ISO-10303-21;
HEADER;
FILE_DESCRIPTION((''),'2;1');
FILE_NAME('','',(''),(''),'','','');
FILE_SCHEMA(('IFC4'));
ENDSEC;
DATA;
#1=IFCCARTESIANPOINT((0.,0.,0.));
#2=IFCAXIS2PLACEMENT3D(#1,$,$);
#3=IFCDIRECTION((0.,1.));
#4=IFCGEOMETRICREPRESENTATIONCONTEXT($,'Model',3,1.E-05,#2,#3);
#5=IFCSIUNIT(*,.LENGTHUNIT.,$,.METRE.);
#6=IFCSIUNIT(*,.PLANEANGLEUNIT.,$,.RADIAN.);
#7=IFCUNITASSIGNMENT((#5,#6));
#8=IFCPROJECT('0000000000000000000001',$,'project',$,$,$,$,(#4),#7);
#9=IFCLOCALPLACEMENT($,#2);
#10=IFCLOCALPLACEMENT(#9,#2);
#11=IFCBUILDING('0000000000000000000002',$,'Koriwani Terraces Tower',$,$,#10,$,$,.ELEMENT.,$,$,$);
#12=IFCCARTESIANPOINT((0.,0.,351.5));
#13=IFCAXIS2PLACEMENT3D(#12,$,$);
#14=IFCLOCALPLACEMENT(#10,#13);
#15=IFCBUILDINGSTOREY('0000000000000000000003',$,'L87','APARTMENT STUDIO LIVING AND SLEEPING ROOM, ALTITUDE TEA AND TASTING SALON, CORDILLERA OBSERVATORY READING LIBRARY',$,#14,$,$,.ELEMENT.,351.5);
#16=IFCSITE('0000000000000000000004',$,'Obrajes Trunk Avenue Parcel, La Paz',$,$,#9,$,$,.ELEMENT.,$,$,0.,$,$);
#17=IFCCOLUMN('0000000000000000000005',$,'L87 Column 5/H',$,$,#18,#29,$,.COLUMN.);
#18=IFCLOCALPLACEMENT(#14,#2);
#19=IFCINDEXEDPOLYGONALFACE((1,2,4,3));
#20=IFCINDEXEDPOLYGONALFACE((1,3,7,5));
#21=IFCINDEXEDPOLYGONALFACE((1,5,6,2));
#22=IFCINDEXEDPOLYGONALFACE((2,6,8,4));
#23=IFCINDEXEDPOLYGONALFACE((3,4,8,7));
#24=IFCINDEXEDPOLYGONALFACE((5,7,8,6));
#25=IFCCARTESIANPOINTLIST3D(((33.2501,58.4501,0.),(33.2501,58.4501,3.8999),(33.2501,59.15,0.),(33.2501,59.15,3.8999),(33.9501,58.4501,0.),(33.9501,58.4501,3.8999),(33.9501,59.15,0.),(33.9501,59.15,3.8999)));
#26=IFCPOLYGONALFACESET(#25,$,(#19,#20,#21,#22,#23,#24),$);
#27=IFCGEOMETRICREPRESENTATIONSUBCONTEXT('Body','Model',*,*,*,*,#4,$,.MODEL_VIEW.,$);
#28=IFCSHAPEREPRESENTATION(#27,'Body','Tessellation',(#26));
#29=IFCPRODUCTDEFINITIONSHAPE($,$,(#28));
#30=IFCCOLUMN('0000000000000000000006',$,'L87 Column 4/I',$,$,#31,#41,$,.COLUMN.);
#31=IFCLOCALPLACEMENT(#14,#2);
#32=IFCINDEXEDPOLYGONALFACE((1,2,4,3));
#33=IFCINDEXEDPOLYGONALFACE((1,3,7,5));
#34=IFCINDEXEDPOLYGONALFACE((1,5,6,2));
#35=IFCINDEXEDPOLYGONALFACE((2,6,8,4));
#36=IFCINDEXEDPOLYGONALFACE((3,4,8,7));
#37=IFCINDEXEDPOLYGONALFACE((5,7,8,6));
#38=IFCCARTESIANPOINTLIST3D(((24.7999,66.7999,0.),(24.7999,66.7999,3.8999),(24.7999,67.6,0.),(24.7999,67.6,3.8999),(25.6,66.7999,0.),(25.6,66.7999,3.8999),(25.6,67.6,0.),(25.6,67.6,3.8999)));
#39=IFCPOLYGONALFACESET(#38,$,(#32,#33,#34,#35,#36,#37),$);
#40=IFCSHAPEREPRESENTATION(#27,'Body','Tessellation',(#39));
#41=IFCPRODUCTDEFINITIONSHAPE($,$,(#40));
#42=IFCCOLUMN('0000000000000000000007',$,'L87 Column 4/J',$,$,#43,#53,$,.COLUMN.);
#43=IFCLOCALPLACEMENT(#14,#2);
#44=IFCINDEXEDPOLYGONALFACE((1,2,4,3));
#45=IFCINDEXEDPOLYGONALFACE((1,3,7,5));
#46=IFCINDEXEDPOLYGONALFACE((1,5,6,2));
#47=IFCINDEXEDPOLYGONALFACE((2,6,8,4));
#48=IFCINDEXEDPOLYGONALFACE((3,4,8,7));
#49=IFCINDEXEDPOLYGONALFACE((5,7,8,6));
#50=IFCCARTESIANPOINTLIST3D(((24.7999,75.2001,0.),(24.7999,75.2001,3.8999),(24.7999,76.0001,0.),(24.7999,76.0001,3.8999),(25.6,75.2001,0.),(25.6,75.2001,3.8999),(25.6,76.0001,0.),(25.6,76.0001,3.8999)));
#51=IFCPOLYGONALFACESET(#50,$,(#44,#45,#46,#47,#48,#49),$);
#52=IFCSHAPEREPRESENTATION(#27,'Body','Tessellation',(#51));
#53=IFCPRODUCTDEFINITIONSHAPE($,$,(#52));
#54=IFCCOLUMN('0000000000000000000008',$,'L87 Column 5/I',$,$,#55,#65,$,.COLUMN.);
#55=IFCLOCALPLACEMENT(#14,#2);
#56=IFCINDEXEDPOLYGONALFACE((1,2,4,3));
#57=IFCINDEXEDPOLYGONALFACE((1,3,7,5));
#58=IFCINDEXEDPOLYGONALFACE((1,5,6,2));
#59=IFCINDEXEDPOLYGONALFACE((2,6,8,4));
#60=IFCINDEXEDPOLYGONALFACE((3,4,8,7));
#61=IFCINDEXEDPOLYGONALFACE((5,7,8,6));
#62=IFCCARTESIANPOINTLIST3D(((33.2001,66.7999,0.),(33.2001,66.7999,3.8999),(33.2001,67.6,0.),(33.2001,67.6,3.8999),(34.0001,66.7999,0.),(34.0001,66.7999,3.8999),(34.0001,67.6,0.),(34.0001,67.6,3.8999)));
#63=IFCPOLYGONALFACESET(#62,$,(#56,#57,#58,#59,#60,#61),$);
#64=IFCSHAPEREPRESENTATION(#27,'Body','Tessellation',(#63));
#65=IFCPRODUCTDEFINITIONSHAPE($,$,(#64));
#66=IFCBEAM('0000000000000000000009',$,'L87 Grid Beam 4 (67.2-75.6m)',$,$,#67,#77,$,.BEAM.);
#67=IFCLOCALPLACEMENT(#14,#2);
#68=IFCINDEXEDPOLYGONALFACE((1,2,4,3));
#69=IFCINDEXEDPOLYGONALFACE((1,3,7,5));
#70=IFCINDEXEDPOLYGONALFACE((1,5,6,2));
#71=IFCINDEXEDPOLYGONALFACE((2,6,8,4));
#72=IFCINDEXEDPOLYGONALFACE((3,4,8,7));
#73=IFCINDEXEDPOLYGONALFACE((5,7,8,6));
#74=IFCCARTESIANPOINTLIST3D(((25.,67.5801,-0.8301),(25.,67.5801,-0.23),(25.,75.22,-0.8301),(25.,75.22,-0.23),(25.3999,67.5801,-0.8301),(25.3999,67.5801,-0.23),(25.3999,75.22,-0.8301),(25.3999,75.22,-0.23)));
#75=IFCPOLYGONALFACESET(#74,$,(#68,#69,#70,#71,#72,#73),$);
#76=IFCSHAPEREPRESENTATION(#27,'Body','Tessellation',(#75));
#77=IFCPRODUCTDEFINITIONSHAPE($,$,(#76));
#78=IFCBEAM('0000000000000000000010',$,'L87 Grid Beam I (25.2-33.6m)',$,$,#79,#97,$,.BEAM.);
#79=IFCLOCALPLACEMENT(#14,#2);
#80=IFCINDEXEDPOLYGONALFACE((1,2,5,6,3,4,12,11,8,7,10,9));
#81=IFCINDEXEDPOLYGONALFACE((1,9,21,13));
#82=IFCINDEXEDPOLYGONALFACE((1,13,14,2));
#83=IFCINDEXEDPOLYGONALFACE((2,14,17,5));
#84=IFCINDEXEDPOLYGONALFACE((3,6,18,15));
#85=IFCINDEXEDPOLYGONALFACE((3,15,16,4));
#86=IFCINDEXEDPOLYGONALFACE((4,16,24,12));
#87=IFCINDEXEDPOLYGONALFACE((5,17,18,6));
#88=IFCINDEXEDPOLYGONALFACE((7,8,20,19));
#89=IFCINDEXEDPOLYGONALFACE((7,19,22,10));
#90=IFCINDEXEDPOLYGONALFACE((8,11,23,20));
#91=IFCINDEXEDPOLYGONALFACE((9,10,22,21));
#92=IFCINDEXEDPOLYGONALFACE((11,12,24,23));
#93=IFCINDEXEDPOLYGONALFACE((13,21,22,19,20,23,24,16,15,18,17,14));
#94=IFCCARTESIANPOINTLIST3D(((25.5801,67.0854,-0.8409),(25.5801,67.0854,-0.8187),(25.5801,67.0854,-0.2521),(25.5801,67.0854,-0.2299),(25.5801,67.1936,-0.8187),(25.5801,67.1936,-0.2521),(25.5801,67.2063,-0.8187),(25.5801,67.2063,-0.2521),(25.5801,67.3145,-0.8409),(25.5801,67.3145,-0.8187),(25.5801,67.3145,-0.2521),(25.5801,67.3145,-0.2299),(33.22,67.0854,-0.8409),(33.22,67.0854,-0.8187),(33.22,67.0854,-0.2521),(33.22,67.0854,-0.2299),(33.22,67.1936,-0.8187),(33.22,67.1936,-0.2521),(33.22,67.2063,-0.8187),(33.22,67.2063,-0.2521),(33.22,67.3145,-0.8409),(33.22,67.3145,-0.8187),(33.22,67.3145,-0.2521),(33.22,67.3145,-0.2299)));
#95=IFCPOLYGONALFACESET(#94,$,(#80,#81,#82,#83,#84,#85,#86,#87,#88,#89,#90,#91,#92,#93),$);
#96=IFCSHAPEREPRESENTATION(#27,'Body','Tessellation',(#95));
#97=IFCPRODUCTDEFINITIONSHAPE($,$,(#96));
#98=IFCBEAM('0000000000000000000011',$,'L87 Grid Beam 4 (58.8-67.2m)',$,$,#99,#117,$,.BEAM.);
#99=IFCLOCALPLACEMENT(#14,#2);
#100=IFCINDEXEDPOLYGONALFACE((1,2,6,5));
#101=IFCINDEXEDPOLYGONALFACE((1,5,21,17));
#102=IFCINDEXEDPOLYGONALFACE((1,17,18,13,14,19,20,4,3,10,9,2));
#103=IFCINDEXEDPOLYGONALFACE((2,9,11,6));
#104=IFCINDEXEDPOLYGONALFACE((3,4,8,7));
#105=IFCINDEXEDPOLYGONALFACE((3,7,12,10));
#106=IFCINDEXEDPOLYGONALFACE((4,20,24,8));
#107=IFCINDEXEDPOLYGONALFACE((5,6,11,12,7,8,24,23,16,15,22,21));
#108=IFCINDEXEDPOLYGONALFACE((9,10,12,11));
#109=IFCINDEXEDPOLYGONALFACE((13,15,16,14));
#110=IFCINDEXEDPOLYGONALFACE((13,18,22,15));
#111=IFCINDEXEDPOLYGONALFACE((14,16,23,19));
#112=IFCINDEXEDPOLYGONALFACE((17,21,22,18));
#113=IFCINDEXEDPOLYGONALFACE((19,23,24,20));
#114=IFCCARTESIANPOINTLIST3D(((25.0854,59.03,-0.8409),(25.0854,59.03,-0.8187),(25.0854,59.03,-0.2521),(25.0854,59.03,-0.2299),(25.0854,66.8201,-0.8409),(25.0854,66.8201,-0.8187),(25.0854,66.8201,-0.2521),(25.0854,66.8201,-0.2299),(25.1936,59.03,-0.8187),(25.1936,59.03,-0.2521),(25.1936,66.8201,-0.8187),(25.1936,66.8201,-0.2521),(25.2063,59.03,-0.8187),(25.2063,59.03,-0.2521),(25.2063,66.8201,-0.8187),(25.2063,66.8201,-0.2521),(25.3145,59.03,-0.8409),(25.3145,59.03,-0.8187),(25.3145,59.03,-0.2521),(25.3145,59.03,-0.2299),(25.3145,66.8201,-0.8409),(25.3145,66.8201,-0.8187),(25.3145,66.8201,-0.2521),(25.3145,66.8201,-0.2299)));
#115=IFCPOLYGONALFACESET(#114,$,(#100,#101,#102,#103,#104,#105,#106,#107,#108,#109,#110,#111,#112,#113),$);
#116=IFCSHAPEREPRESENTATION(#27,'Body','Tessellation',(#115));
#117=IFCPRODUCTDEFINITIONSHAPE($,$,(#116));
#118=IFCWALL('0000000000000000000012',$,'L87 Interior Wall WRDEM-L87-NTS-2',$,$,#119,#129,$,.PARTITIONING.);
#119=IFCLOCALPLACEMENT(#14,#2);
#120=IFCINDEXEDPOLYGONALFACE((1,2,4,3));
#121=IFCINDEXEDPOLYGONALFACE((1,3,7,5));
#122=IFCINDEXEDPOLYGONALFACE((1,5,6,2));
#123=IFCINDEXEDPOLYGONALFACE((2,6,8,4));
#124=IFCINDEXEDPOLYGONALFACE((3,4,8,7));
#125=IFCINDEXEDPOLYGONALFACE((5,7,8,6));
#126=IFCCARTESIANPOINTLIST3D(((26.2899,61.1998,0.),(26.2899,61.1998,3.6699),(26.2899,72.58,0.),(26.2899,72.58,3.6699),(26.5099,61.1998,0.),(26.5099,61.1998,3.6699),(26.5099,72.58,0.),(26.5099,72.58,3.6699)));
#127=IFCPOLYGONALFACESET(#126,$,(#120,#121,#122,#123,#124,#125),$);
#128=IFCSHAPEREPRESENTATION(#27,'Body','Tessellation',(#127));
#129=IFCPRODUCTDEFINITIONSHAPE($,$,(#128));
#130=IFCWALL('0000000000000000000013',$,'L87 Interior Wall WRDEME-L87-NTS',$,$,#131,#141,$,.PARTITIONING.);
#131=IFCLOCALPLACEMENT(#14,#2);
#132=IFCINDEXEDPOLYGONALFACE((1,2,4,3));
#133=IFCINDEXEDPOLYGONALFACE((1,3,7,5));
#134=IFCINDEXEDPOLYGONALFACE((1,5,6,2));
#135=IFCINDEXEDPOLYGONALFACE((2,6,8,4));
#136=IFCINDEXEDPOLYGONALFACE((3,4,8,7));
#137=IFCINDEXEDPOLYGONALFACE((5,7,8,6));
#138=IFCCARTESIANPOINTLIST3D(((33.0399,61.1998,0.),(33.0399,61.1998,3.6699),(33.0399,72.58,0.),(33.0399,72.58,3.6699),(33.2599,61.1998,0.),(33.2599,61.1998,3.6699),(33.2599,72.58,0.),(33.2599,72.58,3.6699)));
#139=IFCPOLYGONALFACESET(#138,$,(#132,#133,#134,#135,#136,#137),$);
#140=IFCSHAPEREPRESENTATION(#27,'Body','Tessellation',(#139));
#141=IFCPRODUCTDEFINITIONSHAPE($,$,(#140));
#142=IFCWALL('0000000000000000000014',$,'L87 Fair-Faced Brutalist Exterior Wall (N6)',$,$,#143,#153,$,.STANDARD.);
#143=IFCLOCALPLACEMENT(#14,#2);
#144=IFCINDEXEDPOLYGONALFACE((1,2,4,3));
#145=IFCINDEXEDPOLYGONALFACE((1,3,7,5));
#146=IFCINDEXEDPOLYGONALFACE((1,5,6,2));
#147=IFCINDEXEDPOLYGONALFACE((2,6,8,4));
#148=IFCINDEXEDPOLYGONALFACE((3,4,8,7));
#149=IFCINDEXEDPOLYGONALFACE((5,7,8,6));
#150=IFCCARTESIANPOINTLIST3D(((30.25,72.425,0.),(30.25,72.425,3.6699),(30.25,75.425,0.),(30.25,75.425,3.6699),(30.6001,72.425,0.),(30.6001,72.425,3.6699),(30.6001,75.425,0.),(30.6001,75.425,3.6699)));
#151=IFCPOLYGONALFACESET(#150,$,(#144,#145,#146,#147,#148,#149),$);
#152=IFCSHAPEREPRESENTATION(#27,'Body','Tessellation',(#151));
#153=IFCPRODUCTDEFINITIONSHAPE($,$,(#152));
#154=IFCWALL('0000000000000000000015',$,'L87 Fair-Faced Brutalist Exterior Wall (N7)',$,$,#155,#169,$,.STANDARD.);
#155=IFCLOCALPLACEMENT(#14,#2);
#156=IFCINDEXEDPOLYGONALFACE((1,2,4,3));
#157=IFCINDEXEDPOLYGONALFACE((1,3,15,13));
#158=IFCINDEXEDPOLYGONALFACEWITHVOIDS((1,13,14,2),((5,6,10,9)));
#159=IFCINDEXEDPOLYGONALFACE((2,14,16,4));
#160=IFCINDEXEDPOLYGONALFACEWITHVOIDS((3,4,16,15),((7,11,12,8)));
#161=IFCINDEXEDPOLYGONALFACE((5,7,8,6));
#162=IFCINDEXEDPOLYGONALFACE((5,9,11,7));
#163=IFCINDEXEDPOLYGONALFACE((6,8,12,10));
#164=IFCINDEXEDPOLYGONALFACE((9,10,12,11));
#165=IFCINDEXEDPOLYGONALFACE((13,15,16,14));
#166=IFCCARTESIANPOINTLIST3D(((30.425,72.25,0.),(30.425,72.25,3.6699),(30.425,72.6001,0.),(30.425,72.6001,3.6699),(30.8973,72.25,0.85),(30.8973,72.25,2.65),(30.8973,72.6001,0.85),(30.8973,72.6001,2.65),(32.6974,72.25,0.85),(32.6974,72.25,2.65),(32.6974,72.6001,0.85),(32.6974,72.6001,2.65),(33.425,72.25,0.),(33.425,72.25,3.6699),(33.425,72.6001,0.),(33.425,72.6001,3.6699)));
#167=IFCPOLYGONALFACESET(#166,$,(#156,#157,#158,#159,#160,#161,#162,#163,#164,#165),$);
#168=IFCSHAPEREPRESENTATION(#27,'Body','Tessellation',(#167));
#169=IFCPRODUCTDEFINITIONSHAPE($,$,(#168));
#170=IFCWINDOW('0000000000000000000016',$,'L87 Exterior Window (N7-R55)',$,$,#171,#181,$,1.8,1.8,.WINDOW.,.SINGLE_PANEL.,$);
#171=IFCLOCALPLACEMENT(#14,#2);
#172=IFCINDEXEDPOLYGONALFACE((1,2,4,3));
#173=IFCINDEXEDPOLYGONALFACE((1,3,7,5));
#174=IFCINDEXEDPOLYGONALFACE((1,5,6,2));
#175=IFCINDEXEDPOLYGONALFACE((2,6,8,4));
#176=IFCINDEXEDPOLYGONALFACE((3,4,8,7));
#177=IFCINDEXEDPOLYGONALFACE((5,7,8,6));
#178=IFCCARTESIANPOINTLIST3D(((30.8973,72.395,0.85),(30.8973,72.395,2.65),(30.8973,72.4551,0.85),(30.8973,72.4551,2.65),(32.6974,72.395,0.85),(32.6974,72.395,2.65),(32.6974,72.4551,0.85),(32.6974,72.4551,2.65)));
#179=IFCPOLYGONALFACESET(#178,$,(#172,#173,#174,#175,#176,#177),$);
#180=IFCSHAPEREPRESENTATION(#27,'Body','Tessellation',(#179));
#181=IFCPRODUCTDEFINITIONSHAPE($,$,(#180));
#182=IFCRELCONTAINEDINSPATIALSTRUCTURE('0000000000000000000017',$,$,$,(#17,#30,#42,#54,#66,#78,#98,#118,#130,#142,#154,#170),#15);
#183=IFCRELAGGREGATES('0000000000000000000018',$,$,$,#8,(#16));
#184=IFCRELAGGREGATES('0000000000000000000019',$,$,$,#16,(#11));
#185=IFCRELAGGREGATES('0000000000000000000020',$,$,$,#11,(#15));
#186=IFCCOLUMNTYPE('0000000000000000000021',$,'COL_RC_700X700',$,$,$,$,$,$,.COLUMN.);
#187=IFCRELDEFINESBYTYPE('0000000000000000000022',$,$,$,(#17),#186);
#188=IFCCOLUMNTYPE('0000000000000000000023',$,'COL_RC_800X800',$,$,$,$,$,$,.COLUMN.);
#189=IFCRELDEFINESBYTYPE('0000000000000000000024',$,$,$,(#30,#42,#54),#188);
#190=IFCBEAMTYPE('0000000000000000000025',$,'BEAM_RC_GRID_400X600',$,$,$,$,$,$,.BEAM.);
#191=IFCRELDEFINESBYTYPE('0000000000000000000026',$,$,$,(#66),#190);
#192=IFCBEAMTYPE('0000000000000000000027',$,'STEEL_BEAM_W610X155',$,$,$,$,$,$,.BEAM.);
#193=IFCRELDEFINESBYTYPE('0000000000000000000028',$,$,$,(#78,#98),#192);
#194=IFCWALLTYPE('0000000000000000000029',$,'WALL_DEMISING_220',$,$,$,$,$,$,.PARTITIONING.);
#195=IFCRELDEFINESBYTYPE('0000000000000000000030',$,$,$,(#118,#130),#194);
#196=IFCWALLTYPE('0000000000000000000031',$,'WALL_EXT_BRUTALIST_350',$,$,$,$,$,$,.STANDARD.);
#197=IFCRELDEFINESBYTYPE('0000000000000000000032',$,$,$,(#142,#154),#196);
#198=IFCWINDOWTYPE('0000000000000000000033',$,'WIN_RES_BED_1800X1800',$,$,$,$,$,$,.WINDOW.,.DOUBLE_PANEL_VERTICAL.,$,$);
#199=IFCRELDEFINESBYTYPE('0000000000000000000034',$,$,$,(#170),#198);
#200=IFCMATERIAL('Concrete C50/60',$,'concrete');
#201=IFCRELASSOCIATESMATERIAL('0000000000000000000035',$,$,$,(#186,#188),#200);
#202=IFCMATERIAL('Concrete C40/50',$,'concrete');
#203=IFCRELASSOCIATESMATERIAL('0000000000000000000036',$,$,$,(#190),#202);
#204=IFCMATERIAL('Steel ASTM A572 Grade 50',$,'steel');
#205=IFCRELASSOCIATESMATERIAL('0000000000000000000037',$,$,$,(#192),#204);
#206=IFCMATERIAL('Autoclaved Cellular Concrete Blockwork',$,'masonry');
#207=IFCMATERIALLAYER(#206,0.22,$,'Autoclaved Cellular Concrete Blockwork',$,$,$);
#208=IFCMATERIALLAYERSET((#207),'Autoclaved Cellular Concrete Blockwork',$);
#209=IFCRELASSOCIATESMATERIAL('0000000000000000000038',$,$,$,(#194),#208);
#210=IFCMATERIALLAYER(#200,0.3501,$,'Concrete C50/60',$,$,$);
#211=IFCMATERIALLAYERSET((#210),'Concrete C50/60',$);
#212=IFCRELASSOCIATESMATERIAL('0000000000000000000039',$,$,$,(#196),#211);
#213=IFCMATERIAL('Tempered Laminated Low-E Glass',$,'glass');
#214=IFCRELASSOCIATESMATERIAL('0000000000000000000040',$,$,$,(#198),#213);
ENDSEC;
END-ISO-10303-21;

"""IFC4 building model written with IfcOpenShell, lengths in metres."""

from ifc_helpers import new_model, si_unit, direction, frame, frame_2d, origin, origin_2d, place, context, subcontext, project, spatial, rectangle, i_section, extrude, material, layer, layer_set, material_profile, profile_set, type_object, element, fill, save


model = new_model("IFC4")

# Units and contexts
model_context = context("Model", 3, precision=1e-05, world=origin(), true_north=direction((0.0, 1.0)))
body_context = subcontext(model_context, "Body", "Model", "MODEL_VIEW")
ifc_project = project(units=[si_unit("LENGTHUNIT", "METRE"), si_unit("PLANEANGLEUNIT", "RADIAN")], contexts=[model_context])

# Site, building, storey
site_placement = place(None, origin())
site = spatial("IfcSite", under=ifc_project, at=site_placement, Name="Obrajes Trunk Avenue Parcel, La Paz", CompositionType="ELEMENT", RefElevation=0.0)
building_placement = place(site_placement, origin())
building = spatial("IfcBuilding", under=site, at=building_placement, Name="Koriwani Terraces Tower", CompositionType="ELEMENT")
storey_placement = place(building_placement, frame((0.0, 0.0, 351.5)))
storey = spatial("IfcBuildingStorey", under=building, at=storey_placement, Name="L87", Description="APARTMENT STUDIO LIVING AND SLEEPING ROOM, ALTITUDE TEA AND TASTING SALON, CORDILLERA OBSERVATORY READING LIBRARY", CompositionType="ELEMENT", Elevation=351.5)

# Columns
ifc_material_1 = material(Name="Concrete C50/60", Category="concrete")
ifc_material_profile_1 = material_profile(ifc_material_1, rectangle(XDim=0.7, YDim=0.7, at=origin_2d()), Name="Concrete C50/60", Category="LoadBearing")
ifc_profile_set_1 = profile_set([ifc_material_profile_1], Name="Concrete C50/60")
column_type_1 = type_object("IfcColumnType", Name="COL_RC_700X700", PredefinedType="COLUMN", material=ifc_profile_set_1)
column_placement = place(storey_placement, frame((33.6001, 58.8, 0.0), z_axis=(0.0, 0.0, 1.0), x_axis=(1.0, 0.0, 0.0)))
element("IfcColumn", 1, at=column_placement, inside=storey, type_object=column_type_1, Name="L87 Column 5/H", PredefinedType="COLUMN", context=body_context, shape_type="SweptSolid", body=[
    extrude(rectangle(XDim=0.7, YDim=0.7, at=origin_2d()), origin(), (0.0, 0.0, 1.0), 3.8999),
])
ifc_material_profile_2 = material_profile(ifc_material_1, rectangle(XDim=0.8, YDim=0.8, at=origin_2d()), Name="Concrete C50/60", Category="LoadBearing")
ifc_profile_set_2 = profile_set([ifc_material_profile_2], Name="Concrete C50/60")
column_type_2 = type_object("IfcColumnType", Name="COL_RC_800X800", PredefinedType="COLUMN", material=ifc_profile_set_2)
for number, where, z_axis, x_axis, name in (
    (2, (25.2, 67.2, 0.0), (0.0, 0.0, 1.0), (1.0, 0.0, 0.0), "L87 Column 4/I"),
    (3, (25.2, 75.6001, 0.0), (0.0, 0.0, 1.0), (1.0, 0.0, 0.0), "L87 Column 4/J"),
    (4, (33.6001, 67.2, 0.0), (0.0, 0.0, 1.0), (1.0, 0.0, 0.0), "L87 Column 5/I"),
):
    element("IfcColumn", number, at=place(storey_placement, frame(where, z_axis=z_axis, x_axis=x_axis)), inside=storey, type_object=column_type_2, Name=name, PredefinedType="COLUMN", context=body_context, shape_type="SweptSolid", body=[
        extrude(rectangle(XDim=0.8, YDim=0.8, at=origin_2d()), origin(), (0.0, 0.0, 1.0), 3.8999),
    ])

# Beams
ifc_material_2 = material(Name="Concrete C40/50", Category="concrete")
ifc_material_profile_3 = material_profile(ifc_material_2, rectangle(XDim=0.3999, YDim=0.6001, at=origin_2d()), Name="Concrete C40/50", Category="LoadBearing")
ifc_profile_set_3 = profile_set([ifc_material_profile_3], Name="Concrete C40/50")
beam_type_1 = type_object("IfcBeamType", Name="BEAM_RC_GRID_400X600", PredefinedType="BEAM", material=ifc_profile_set_3)
beam_1_placement = place(storey_placement, frame((25.2, 67.5801, -0.53), z_axis=(0.0, 1.0, 0.0), x_axis=(-1.0, 0.0, 0.0)))
element("IfcBeam", 5, at=beam_1_placement, inside=storey, type_object=beam_type_1, Name="L87 Grid Beam 4 (67.2-75.6m)", PredefinedType="BEAM", context=body_context, shape_type="SweptSolid", body=[
    extrude(rectangle(XDim=0.3999, YDim=0.6001, at=origin_2d()), origin(), (0.0, 0.0, 1.0), 7.6399),
])
ifc_material_3 = material(Name="Steel ASTM A572 Grade 50", Category="steel")
ifc_material_profile_4 = material_profile(ifc_material_3, i_section(OverallWidth=0.229, OverallDepth=0.6111, WebThickness=0.0127, FlangeThickness=0.0222, at=origin_2d()), Name="Steel ASTM A572 Grade 50", Category="LoadBearing")
ifc_profile_set_4 = profile_set([ifc_material_profile_4], Name="Steel ASTM A572 Grade 50")
beam_type_2 = type_object("IfcBeamType", Name="STEEL_BEAM_W610X155", PredefinedType="BEAM", material=ifc_profile_set_4)
beam_2_placement = place(storey_placement, frame((25.5801, 67.2, -0.5354), z_axis=(1.0, 0.0, 0.0), x_axis=(0.0, 1.0, 0.0)))
element("IfcBeam", 6, at=beam_2_placement, inside=storey, type_object=beam_type_2, Name="L87 Grid Beam I (25.2-33.6m)", PredefinedType="BEAM", context=body_context, shape_type="SweptSolid", body=[
    extrude(i_section(OverallWidth=0.229, OverallDepth=0.6111, WebThickness=0.0127, FlangeThickness=0.0222, at=origin_2d()), origin(), (0.0, 0.0, 1.0), 7.6399),
])
beam_3_placement = place(storey_placement, frame((25.2, 59.03, -0.5354), z_axis=(0.0, 1.0, 0.0), x_axis=(-1.0, 0.0, 0.0)))
element("IfcBeam", 7, at=beam_3_placement, inside=storey, type_object=beam_type_2, Name="L87 Grid Beam 4 (58.8-67.2m)", PredefinedType="BEAM", context=body_context, shape_type="SweptSolid", body=[
    extrude(i_section(OverallWidth=0.229, OverallDepth=0.6111, WebThickness=0.0127, FlangeThickness=0.0222, at=origin_2d()), origin(), (0.0, 0.0, 1.0), 7.79),
])

# Walls
ifc_material_4 = material(Name="Autoclaved Cellular Concrete Blockwork", Category="masonry")
ifc_layer_1 = layer(ifc_material_4, 0.22, Name="Autoclaved Cellular Concrete Blockwork")
ifc_layer_set_1 = layer_set([ifc_layer_1], Name="Autoclaved Cellular Concrete Blockwork")
wall_type_1 = type_object("IfcWallType", Name="WALL_DEMISING_220", PredefinedType="PARTITIONING", material=ifc_layer_set_1)
for number, where, z_axis, x_axis, name in (
    (8, (26.3999, 61.2, 0.0), (0.0, 0.0, 1.0), (0.0, 1.0, 0.0), "L87 Interior Wall WRDEM-L87-NTS-2"),
    (9, (33.1499, 61.2, 0.0), (0.0, 0.0, 1.0), (0.0, 1.0, 0.0), "L87 Interior Wall WRDEME-L87-NTS"),
):
    element("IfcWall", number, at=place(storey_placement, frame(where, z_axis=z_axis, x_axis=x_axis)), inside=storey, type_object=wall_type_1, Name=name, PredefinedType="PARTITIONING", context=body_context, shape_type="SweptSolid", body=[
        extrude(rectangle(XDim=11.3801, YDim=0.22, at=frame_2d((5.6899, 0.0))), origin(), (0.0, 0.0, 1.0), 3.6699),
    ])
ifc_layer_2 = layer(ifc_material_1, 0.3501, Name="Concrete C50/60")
ifc_layer_set_2 = layer_set([ifc_layer_2], Name="Concrete C50/60")
wall_type_2 = type_object("IfcWallType", Name="WALL_EXT_BRUTALIST_350", PredefinedType="STANDARD", material=ifc_layer_set_2)
wall_1_placement = place(storey_placement, frame((30.425, 75.425, 0.0), z_axis=(0.0, 0.0, 1.0), x_axis=(0.0, -1.0, 0.0)))
element("IfcWall", 10, at=wall_1_placement, inside=storey, type_object=wall_type_2, Name="L87 Fair-Faced Brutalist Exterior Wall (N6)", PredefinedType="STANDARD", context=body_context, shape_type="SweptSolid", body=[
    extrude(rectangle(XDim=3.0, YDim=0.3501, at=frame_2d((1.5, 0.0))), origin(), (0.0, 0.0, 1.0), 3.6699),
])

# Wall, opening, window
wall_2_placement = place(storey_placement, frame((30.425, 72.425, 0.0), z_axis=(0.0, 0.0, 1.0), x_axis=(1.0, 0.0, 0.0)))
wall_2 = element("IfcWall", 11, at=wall_2_placement, inside=storey, type_object=wall_type_2, Name="L87 Fair-Faced Brutalist Exterior Wall (N7)", PredefinedType="STANDARD", context=body_context, shape_type="SweptSolid", body=[
    extrude(rectangle(XDim=3.0, YDim=0.3501, at=frame_2d((1.5, 0.0))), origin(), (0.0, 0.0, 1.0), 3.6699),
])
opening_1_placement = place(wall_2_placement, frame((0.4724, 0.0, 0.8501)))
opening_1 = element("IfcOpeningElement", 12, at=opening_1_placement, cuts=wall_2, PredefinedType="OPENING", context=body_context, shape_type="SweptSolid", body=[
    extrude(rectangle(XDim=1.8, YDim=1.8, at=frame_2d((0.8999, 0.8999))), frame((0.0, 0.1851, 0.0), z_axis=(0.0, -1.0, 0.0), x_axis=(1.0, 0.0, 0.0)), (0.0, 0.0, 1.0), 0.3701),
])
ifc_material_5 = material(Name="Tempered Laminated Low-E Glass", Category="glass")
window_type = type_object("IfcWindowType", Name="WIN_RES_BED_1800X1800", PartitioningType="DOUBLE_PANEL_VERTICAL", PredefinedType="WINDOW", material=ifc_material_5)
window_1_placement = place(opening_1_placement, origin())
window_1 = element("IfcWindow", 13, at=window_1_placement, inside=storey, type_object=window_type, Name="L87 Exterior Window (N7-R55)", OverallHeight=1.8, OverallWidth=1.8, PartitioningType="SINGLE_PANEL", PredefinedType="WINDOW", context=body_context, shape_type="SweptSolid", body=[
    extrude(rectangle(XDim=1.8, YDim=1.8, at=frame_2d((0.8999, 0.8999))), frame((0.0, 0.03, 0.0), z_axis=(0.0, -1.0, 0.0), x_axis=(1.0, 0.0, 0.0)), (0.0, 0.0, 1.0), 0.0601),
])
fill(opening_1, window_1)

save(model, "model.ifc")
